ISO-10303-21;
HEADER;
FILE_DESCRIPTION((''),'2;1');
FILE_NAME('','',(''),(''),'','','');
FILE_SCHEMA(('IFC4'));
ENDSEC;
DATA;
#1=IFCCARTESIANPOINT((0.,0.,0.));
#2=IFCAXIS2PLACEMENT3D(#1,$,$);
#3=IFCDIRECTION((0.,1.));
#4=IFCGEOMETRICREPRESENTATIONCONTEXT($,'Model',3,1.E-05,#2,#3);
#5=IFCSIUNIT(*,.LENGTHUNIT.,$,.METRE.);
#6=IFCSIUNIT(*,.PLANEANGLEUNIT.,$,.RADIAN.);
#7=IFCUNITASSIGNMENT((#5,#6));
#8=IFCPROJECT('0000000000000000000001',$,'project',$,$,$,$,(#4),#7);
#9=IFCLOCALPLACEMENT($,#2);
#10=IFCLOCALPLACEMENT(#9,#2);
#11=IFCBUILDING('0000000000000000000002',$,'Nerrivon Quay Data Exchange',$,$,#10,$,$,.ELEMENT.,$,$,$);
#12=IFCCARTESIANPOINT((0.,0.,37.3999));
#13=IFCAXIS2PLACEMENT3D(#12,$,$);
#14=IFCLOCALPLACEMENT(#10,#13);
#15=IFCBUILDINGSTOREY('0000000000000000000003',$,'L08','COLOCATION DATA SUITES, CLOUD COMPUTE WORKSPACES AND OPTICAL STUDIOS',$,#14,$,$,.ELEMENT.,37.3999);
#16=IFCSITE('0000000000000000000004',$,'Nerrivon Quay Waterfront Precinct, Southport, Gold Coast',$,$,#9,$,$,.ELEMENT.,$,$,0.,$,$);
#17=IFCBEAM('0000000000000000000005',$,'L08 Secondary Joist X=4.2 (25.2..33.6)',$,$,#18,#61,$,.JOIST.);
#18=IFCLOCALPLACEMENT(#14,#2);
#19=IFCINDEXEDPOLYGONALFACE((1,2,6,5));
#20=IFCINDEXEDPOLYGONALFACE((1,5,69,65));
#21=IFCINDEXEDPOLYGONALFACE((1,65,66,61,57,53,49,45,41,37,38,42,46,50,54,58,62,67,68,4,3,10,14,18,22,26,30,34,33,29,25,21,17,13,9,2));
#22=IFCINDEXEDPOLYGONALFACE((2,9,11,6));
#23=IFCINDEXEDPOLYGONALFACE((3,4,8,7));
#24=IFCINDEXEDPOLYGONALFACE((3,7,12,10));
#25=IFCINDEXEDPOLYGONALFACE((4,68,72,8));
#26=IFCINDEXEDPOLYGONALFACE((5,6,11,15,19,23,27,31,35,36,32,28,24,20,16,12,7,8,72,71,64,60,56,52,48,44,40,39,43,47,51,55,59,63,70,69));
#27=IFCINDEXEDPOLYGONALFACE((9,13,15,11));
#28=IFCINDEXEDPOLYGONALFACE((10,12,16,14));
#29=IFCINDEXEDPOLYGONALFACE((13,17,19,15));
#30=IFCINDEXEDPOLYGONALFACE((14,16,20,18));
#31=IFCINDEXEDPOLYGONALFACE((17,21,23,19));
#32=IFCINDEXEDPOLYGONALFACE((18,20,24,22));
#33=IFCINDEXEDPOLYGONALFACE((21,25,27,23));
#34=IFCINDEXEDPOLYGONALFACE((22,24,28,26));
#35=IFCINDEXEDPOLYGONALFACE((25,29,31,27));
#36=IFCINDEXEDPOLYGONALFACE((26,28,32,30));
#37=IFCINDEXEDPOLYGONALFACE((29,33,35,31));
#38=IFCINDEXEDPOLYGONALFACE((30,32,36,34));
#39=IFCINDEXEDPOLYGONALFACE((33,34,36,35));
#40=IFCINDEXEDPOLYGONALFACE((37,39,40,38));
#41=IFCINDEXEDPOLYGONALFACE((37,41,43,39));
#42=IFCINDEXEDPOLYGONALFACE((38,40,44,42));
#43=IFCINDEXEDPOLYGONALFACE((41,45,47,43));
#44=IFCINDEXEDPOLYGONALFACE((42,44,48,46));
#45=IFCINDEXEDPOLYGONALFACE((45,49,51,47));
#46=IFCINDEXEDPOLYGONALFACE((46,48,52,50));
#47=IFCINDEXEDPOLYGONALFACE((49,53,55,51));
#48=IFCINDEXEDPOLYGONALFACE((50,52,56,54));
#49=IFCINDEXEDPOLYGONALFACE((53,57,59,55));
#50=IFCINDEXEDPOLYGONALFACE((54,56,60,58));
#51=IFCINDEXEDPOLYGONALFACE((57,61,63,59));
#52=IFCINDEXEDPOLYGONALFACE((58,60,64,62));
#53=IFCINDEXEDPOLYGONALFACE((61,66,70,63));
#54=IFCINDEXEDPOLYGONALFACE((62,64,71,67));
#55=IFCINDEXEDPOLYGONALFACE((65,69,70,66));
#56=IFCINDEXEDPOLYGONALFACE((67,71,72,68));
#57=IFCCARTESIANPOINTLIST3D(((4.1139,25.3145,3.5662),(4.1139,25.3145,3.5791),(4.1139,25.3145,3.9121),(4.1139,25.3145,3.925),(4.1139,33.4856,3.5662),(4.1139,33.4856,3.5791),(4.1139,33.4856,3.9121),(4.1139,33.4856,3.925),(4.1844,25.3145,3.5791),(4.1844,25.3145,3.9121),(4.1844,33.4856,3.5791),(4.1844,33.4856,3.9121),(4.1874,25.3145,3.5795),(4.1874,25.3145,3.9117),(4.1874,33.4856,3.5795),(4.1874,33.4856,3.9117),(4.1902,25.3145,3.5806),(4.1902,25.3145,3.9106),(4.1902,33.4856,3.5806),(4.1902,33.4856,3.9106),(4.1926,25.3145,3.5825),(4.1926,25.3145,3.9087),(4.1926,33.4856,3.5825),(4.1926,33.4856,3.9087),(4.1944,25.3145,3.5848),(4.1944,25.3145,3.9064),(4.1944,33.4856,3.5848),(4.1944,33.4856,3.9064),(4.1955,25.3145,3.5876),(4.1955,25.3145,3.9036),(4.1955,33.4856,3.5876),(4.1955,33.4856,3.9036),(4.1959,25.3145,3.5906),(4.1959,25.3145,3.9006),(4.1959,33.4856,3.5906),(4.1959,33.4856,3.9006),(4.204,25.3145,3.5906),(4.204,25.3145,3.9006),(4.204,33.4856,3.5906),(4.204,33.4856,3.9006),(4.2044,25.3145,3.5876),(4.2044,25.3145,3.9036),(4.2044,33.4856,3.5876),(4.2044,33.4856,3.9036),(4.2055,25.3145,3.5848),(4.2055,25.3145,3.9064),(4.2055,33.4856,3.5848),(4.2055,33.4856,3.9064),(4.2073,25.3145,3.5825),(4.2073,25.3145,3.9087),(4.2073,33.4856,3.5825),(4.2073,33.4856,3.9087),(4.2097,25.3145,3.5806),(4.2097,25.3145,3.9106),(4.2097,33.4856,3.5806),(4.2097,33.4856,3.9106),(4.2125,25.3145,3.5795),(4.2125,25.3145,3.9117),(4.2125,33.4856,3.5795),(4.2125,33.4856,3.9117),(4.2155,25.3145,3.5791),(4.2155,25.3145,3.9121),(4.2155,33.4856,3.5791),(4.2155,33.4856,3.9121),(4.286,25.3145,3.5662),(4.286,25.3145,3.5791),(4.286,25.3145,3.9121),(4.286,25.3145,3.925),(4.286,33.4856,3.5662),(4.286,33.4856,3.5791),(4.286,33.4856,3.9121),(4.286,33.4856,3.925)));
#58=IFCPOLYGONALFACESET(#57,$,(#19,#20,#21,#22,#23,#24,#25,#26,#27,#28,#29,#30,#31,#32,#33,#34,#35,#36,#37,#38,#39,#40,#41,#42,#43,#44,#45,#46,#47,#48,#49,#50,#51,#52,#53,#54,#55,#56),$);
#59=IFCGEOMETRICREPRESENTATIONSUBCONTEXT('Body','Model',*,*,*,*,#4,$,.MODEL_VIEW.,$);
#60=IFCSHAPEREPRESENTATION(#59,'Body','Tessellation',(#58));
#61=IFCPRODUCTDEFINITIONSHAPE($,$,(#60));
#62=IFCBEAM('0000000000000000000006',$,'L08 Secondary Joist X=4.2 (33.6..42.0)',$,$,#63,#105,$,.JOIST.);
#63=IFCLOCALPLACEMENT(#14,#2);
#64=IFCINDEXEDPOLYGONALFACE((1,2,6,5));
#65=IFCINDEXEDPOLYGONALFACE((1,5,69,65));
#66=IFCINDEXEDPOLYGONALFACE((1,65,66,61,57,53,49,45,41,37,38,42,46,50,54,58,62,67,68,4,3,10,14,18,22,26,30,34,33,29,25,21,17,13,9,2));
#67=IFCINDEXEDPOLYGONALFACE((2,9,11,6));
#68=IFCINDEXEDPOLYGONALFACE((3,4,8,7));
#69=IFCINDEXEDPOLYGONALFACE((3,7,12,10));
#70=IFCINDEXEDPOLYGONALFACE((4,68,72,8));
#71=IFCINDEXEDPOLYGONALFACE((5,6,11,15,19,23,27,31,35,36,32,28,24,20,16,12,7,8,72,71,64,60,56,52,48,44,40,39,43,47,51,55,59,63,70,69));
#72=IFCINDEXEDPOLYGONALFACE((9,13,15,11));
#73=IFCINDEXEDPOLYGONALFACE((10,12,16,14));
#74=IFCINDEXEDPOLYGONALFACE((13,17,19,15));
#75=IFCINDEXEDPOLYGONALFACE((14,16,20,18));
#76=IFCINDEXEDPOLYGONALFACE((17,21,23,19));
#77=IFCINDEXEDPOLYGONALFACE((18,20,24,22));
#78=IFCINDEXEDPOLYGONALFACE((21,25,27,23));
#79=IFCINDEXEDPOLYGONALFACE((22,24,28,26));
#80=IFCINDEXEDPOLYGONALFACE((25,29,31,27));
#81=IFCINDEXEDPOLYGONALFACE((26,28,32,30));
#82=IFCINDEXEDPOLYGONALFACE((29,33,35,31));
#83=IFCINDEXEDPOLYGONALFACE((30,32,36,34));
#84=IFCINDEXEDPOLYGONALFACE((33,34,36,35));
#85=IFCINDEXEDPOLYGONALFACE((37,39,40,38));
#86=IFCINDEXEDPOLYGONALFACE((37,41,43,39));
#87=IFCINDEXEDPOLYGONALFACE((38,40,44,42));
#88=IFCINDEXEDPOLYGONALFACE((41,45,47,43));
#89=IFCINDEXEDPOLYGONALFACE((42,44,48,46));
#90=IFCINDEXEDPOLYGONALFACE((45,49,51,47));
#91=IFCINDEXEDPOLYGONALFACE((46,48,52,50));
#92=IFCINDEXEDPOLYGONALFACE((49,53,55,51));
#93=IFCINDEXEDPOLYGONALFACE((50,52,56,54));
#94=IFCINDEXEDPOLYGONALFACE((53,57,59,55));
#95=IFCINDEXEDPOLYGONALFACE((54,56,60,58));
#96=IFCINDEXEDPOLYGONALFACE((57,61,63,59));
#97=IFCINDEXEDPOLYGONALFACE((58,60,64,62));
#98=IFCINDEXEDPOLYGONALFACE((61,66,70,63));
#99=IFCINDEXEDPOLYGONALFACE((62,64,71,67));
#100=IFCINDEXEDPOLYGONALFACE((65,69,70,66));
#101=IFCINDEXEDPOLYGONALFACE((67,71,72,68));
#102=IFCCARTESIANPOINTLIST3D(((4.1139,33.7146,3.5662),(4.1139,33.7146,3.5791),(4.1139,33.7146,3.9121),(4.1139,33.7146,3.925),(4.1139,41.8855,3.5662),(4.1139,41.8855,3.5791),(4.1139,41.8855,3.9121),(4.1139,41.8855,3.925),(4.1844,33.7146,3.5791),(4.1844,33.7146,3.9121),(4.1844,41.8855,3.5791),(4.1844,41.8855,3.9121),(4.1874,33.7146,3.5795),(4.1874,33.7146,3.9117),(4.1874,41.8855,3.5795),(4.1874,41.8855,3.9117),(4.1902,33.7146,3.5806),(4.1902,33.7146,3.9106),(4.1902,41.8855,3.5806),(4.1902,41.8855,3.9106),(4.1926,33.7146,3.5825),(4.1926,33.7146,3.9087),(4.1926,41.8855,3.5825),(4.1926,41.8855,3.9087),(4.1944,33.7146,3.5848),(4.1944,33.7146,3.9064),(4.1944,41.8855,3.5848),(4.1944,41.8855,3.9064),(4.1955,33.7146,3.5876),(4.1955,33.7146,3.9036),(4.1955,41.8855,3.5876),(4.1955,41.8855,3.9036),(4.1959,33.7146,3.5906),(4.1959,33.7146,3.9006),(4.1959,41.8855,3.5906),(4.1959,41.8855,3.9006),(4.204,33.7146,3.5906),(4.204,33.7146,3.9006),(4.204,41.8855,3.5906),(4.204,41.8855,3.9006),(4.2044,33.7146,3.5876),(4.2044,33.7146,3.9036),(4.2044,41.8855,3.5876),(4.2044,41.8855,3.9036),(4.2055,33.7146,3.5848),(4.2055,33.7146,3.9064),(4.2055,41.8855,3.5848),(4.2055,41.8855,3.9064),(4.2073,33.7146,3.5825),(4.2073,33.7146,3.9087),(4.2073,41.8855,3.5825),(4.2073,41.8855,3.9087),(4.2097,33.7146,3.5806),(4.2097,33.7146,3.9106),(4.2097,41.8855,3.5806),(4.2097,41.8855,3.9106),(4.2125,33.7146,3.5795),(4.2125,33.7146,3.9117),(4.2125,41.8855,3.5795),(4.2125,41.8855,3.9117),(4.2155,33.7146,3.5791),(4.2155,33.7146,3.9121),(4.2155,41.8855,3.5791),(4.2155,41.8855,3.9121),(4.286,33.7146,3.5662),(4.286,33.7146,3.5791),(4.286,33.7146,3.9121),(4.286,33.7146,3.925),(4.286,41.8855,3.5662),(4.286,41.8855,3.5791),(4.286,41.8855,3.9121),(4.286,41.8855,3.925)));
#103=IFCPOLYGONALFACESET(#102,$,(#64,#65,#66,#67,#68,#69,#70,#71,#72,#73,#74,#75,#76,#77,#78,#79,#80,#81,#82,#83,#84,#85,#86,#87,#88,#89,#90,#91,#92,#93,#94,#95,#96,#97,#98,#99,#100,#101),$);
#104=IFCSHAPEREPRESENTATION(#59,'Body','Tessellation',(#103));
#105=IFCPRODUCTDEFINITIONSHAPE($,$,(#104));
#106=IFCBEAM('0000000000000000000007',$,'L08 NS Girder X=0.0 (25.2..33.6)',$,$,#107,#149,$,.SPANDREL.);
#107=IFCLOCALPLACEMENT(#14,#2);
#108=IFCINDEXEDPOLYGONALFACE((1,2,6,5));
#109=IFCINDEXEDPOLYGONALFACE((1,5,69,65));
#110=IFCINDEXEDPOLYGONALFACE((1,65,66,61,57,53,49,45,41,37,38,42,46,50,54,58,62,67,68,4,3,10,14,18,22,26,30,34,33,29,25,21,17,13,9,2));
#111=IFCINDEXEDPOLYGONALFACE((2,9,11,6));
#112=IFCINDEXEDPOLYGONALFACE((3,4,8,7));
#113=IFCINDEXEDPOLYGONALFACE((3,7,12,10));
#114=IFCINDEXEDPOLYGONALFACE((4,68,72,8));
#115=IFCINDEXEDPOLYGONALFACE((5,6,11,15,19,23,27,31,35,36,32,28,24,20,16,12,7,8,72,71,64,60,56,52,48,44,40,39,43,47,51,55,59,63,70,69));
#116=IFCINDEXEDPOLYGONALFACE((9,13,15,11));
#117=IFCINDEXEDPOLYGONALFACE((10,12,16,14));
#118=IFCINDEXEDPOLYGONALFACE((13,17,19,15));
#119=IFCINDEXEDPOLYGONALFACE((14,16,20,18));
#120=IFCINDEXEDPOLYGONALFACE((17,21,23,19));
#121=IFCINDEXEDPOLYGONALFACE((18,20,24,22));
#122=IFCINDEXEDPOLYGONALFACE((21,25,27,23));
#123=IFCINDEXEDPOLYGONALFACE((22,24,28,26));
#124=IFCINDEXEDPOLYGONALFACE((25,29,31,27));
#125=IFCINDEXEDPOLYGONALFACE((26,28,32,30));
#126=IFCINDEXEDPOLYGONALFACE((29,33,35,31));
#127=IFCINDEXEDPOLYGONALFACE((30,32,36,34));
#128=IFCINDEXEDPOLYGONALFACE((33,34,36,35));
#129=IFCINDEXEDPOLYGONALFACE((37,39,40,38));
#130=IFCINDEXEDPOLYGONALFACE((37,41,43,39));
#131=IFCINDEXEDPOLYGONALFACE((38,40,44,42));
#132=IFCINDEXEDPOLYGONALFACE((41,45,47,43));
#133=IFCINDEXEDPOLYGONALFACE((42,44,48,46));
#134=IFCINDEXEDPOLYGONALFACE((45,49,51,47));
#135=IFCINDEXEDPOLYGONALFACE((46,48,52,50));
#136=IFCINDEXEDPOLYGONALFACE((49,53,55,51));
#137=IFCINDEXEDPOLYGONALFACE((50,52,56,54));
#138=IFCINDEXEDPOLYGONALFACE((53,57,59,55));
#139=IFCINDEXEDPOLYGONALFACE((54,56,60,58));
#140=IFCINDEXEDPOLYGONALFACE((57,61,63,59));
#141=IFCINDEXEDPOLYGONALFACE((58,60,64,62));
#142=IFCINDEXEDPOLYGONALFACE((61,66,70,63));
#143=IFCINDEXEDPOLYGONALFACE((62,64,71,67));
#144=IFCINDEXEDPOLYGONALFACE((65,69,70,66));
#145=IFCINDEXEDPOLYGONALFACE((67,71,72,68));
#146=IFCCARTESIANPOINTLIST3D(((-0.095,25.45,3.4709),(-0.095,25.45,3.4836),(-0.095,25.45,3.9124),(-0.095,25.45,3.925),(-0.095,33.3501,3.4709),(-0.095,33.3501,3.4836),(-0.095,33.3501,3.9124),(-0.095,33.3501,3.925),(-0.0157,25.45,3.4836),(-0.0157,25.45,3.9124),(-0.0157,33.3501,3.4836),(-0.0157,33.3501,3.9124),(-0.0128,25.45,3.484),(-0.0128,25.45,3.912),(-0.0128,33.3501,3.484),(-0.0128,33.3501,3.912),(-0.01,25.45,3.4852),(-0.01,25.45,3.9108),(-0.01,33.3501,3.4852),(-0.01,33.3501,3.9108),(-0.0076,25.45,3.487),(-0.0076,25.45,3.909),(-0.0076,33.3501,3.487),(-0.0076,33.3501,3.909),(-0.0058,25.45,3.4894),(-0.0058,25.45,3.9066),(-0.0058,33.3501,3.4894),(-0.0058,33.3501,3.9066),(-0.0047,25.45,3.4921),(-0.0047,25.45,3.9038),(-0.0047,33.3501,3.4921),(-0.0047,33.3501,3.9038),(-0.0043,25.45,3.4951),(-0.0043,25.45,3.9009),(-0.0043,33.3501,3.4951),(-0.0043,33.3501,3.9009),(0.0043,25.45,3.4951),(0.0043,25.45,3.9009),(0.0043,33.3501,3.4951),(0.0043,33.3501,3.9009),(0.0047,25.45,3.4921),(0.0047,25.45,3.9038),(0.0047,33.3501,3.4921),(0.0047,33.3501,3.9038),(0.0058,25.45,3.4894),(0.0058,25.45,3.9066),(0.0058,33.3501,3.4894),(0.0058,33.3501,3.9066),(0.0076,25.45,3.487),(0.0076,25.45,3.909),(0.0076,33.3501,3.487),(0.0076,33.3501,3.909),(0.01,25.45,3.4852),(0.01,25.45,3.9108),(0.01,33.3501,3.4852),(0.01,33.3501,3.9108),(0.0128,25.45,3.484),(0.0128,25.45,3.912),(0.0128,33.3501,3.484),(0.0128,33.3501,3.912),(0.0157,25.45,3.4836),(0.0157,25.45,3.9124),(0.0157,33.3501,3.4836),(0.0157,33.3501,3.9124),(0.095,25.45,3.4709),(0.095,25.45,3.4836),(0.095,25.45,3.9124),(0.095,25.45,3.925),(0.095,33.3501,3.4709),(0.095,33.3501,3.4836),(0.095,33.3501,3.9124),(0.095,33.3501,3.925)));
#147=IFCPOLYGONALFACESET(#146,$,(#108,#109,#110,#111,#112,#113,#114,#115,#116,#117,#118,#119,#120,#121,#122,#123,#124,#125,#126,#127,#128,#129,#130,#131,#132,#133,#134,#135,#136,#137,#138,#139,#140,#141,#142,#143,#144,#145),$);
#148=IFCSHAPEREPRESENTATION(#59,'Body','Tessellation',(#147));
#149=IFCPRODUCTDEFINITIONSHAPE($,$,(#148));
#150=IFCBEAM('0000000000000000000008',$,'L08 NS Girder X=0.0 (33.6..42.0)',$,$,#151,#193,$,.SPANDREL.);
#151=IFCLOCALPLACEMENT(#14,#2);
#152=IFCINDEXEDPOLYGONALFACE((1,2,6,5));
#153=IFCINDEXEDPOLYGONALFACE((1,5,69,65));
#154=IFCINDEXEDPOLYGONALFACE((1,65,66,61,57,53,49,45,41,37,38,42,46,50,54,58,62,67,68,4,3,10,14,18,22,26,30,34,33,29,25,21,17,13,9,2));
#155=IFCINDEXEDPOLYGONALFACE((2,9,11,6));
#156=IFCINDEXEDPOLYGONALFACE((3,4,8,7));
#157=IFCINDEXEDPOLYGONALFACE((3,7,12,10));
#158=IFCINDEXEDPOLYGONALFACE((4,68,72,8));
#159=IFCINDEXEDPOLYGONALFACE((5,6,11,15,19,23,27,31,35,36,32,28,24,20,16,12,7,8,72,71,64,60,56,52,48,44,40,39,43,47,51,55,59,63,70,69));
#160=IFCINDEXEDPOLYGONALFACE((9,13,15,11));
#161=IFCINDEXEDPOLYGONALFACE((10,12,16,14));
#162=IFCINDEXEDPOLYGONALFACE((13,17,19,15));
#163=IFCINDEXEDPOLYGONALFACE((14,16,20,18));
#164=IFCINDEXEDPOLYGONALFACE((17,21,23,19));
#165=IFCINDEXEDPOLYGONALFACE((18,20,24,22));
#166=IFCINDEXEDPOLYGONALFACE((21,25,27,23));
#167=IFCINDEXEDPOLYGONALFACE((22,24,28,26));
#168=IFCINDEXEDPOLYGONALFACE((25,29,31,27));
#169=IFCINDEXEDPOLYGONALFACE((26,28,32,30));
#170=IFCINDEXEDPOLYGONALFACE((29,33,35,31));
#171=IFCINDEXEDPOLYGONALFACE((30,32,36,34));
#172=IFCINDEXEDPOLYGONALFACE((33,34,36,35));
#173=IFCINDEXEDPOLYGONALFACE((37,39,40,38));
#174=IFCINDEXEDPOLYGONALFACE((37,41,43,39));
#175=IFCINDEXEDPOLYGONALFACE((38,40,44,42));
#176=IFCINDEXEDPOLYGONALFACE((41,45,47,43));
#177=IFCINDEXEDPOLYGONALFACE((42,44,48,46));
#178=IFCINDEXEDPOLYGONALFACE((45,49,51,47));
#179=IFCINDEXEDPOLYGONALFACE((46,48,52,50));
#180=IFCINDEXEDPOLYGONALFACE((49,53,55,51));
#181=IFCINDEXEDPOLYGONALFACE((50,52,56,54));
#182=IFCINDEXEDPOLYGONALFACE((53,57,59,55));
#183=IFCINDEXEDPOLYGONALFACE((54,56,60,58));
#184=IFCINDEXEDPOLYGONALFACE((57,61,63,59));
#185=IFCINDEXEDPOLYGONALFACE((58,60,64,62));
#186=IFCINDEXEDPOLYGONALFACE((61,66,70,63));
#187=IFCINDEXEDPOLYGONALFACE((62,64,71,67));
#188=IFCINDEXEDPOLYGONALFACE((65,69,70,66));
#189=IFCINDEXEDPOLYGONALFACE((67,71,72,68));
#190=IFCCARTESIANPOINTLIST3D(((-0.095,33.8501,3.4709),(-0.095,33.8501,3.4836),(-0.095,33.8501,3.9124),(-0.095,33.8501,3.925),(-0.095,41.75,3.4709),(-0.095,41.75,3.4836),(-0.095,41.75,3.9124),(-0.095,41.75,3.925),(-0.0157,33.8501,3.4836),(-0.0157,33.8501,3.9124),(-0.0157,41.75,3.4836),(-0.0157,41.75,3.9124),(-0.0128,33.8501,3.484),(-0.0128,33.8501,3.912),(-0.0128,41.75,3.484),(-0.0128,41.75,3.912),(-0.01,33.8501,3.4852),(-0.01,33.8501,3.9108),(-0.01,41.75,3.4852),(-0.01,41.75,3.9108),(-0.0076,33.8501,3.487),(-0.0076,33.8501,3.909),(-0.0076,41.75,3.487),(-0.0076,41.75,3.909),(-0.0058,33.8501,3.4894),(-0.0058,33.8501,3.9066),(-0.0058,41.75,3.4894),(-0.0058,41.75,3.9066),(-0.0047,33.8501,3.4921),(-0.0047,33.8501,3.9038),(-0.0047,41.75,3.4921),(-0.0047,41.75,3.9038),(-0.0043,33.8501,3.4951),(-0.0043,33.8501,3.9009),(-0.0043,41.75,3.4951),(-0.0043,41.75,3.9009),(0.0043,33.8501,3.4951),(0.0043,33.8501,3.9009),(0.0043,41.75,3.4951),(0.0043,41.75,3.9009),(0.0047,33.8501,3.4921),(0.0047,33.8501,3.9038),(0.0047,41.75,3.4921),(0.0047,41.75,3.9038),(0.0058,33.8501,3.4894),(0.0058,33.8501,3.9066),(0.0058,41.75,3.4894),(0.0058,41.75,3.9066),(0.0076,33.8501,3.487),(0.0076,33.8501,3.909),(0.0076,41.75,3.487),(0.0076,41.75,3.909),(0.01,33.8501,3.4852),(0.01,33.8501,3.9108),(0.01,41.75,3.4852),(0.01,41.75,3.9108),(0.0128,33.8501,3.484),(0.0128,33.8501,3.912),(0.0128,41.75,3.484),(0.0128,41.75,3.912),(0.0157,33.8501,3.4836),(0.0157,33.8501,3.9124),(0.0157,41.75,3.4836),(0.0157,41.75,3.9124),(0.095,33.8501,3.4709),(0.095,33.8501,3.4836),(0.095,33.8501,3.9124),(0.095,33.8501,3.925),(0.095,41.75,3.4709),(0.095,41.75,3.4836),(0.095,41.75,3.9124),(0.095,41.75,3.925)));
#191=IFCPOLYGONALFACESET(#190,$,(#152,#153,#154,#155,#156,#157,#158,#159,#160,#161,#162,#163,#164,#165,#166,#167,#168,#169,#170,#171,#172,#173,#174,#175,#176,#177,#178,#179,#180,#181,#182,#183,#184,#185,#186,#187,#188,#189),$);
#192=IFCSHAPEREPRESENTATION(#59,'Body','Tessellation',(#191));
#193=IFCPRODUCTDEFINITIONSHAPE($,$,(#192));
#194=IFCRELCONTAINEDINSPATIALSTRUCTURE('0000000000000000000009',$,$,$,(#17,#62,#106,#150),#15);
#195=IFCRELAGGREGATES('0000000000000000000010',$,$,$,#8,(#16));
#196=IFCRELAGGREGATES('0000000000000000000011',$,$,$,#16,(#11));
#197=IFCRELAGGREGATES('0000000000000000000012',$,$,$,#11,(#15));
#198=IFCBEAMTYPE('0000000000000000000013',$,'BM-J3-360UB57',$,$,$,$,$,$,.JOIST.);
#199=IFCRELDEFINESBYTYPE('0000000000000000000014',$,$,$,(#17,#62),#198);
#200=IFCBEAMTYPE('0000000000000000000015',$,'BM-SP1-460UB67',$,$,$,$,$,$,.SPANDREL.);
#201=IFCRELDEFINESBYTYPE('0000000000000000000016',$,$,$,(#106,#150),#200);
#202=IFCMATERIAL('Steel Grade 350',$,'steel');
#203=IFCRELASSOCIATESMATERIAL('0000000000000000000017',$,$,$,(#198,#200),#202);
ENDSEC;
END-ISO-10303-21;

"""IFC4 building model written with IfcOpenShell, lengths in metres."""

from ifc_helpers import new_model, si_unit, direction, frame, origin, origin_2d, place, context, subcontext, project, spatial, i_section, extrude, material, material_profile, profile_set, type_object, element, save


model = new_model("IFC4")

# Units and contexts
model_context = context("Model", 3, precision=1e-05, world=origin(), true_north=direction((0.0, 1.0)))
body_context = subcontext(model_context, "Body", "Model", "MODEL_VIEW")
ifc_project = project(units=[si_unit("LENGTHUNIT", "METRE"), si_unit("PLANEANGLEUNIT", "RADIAN")], contexts=[model_context])

# Site, building, storey
site_placement = place(None, origin())
site = spatial("IfcSite", under=ifc_project, at=site_placement, Name="Nerrivon Quay Waterfront Precinct, Southport, Gold Coast", CompositionType="ELEMENT", RefElevation=0.0)
building_placement = place(site_placement, origin())
building = spatial("IfcBuilding", under=site, at=building_placement, Name="Nerrivon Quay Data Exchange", CompositionType="ELEMENT")
storey_placement = place(building_placement, frame((0.0, 0.0, 37.3999)))
storey = spatial("IfcBuildingStorey", under=building, at=storey_placement, Name="L08", Description="COLOCATION DATA SUITES, CLOUD COMPUTE WORKSPACES AND OPTICAL STUDIOS", CompositionType="ELEMENT", Elevation=37.3999)

# Shared definitions
ifc_material_1 = material(Name="Steel Grade 350", Category="steel")

# Beams
ifc_material_profile_1 = material_profile(ifc_material_1, i_section(OverallWidth=0.1721, OverallDepth=0.3589, WebThickness=0.0081, FlangeThickness=0.0129, FilletRadius=0.0115, at=origin_2d()), Name="360UB56.7")
ifc_profile_set_1 = profile_set([ifc_material_profile_1], Name="Steel Grade 350")
beam_type_1 = type_object("IfcBeamType", Name="BM-J3-360UB57", PredefinedType="JOIST", material=ifc_profile_set_1)
beam_1_placement = place(storey_placement, frame((4.2, 25.3145, 3.7456), z_axis=(0.0, 1.0, 0.0), x_axis=(-1.0, 0.0, 0.0)))
element("IfcBeam", 1, at=beam_1_placement, inside=storey, type_object=beam_type_1, Name="L08 Secondary Joist X=4.2 (25.2..33.6)", PredefinedType="JOIST", context=body_context, shape_type="SweptSolid", body=[
    extrude(i_section(OverallWidth=0.1721, OverallDepth=0.3589, WebThickness=0.0081, FlangeThickness=0.0129, FilletRadius=0.0115, at=origin_2d()), origin(), (0.0, 0.0, 1.0), 8.1711),
])
beam_2_placement = place(storey_placement, frame((4.2, 33.7146, 3.7456), z_axis=(0.0, 1.0, 0.0), x_axis=(-1.0, 0.0, 0.0)))
element("IfcBeam", 2, at=beam_2_placement, inside=storey, type_object=beam_type_1, Name="L08 Secondary Joist X=4.2 (33.6..42.0)", PredefinedType="JOIST", context=body_context, shape_type="SweptSolid", body=[
    extrude(i_section(OverallWidth=0.1721, OverallDepth=0.3589, WebThickness=0.0081, FlangeThickness=0.0129, FilletRadius=0.0115, at=origin_2d()), origin(), (0.0, 0.0, 1.0), 8.1709),
])
ifc_material_profile_2 = material_profile(ifc_material_1, i_section(OverallWidth=0.1899, OverallDepth=0.4541, WebThickness=0.0085, FlangeThickness=0.0127, FilletRadius=0.0115, at=origin_2d()), Name="460UB67.1")
ifc_profile_set_2 = profile_set([ifc_material_profile_2], Name="Steel Grade 350")
beam_type_2 = type_object("IfcBeamType", Name="BM-SP1-460UB67", PredefinedType="SPANDREL", material=ifc_profile_set_2)
beam_3_placement = place(storey_placement, frame((0.0, 25.45, 3.698), z_axis=(0.0, 1.0, 0.0), x_axis=(-1.0, 0.0, 0.0)))
element("IfcBeam", 3, at=beam_3_placement, inside=storey, type_object=beam_type_2, Name="L08 NS Girder X=0.0 (25.2..33.6)", PredefinedType="SPANDREL", context=body_context, shape_type="SweptSolid", body=[
    extrude(i_section(OverallWidth=0.1899, OverallDepth=0.4541, WebThickness=0.0085, FlangeThickness=0.0127, FilletRadius=0.0115, at=origin_2d()), origin(), (0.0, 0.0, 1.0), 7.9001),
])
beam_4_placement = place(storey_placement, frame((0.0, 33.8501, 3.698), z_axis=(0.0, 1.0, 0.0), x_axis=(-1.0, 0.0, 0.0)))
element("IfcBeam", 4, at=beam_4_placement, inside=storey, type_object=beam_type_2, Name="L08 NS Girder X=0.0 (33.6..42.0)", PredefinedType="SPANDREL", context=body_context, shape_type="SweptSolid", body=[
    extrude(i_section(OverallWidth=0.1899, OverallDepth=0.4541, WebThickness=0.0085, FlangeThickness=0.0127, FilletRadius=0.0115, at=origin_2d()), origin(), (0.0, 0.0, 1.0), 7.8999),
])

save(model, "model.ifc")
